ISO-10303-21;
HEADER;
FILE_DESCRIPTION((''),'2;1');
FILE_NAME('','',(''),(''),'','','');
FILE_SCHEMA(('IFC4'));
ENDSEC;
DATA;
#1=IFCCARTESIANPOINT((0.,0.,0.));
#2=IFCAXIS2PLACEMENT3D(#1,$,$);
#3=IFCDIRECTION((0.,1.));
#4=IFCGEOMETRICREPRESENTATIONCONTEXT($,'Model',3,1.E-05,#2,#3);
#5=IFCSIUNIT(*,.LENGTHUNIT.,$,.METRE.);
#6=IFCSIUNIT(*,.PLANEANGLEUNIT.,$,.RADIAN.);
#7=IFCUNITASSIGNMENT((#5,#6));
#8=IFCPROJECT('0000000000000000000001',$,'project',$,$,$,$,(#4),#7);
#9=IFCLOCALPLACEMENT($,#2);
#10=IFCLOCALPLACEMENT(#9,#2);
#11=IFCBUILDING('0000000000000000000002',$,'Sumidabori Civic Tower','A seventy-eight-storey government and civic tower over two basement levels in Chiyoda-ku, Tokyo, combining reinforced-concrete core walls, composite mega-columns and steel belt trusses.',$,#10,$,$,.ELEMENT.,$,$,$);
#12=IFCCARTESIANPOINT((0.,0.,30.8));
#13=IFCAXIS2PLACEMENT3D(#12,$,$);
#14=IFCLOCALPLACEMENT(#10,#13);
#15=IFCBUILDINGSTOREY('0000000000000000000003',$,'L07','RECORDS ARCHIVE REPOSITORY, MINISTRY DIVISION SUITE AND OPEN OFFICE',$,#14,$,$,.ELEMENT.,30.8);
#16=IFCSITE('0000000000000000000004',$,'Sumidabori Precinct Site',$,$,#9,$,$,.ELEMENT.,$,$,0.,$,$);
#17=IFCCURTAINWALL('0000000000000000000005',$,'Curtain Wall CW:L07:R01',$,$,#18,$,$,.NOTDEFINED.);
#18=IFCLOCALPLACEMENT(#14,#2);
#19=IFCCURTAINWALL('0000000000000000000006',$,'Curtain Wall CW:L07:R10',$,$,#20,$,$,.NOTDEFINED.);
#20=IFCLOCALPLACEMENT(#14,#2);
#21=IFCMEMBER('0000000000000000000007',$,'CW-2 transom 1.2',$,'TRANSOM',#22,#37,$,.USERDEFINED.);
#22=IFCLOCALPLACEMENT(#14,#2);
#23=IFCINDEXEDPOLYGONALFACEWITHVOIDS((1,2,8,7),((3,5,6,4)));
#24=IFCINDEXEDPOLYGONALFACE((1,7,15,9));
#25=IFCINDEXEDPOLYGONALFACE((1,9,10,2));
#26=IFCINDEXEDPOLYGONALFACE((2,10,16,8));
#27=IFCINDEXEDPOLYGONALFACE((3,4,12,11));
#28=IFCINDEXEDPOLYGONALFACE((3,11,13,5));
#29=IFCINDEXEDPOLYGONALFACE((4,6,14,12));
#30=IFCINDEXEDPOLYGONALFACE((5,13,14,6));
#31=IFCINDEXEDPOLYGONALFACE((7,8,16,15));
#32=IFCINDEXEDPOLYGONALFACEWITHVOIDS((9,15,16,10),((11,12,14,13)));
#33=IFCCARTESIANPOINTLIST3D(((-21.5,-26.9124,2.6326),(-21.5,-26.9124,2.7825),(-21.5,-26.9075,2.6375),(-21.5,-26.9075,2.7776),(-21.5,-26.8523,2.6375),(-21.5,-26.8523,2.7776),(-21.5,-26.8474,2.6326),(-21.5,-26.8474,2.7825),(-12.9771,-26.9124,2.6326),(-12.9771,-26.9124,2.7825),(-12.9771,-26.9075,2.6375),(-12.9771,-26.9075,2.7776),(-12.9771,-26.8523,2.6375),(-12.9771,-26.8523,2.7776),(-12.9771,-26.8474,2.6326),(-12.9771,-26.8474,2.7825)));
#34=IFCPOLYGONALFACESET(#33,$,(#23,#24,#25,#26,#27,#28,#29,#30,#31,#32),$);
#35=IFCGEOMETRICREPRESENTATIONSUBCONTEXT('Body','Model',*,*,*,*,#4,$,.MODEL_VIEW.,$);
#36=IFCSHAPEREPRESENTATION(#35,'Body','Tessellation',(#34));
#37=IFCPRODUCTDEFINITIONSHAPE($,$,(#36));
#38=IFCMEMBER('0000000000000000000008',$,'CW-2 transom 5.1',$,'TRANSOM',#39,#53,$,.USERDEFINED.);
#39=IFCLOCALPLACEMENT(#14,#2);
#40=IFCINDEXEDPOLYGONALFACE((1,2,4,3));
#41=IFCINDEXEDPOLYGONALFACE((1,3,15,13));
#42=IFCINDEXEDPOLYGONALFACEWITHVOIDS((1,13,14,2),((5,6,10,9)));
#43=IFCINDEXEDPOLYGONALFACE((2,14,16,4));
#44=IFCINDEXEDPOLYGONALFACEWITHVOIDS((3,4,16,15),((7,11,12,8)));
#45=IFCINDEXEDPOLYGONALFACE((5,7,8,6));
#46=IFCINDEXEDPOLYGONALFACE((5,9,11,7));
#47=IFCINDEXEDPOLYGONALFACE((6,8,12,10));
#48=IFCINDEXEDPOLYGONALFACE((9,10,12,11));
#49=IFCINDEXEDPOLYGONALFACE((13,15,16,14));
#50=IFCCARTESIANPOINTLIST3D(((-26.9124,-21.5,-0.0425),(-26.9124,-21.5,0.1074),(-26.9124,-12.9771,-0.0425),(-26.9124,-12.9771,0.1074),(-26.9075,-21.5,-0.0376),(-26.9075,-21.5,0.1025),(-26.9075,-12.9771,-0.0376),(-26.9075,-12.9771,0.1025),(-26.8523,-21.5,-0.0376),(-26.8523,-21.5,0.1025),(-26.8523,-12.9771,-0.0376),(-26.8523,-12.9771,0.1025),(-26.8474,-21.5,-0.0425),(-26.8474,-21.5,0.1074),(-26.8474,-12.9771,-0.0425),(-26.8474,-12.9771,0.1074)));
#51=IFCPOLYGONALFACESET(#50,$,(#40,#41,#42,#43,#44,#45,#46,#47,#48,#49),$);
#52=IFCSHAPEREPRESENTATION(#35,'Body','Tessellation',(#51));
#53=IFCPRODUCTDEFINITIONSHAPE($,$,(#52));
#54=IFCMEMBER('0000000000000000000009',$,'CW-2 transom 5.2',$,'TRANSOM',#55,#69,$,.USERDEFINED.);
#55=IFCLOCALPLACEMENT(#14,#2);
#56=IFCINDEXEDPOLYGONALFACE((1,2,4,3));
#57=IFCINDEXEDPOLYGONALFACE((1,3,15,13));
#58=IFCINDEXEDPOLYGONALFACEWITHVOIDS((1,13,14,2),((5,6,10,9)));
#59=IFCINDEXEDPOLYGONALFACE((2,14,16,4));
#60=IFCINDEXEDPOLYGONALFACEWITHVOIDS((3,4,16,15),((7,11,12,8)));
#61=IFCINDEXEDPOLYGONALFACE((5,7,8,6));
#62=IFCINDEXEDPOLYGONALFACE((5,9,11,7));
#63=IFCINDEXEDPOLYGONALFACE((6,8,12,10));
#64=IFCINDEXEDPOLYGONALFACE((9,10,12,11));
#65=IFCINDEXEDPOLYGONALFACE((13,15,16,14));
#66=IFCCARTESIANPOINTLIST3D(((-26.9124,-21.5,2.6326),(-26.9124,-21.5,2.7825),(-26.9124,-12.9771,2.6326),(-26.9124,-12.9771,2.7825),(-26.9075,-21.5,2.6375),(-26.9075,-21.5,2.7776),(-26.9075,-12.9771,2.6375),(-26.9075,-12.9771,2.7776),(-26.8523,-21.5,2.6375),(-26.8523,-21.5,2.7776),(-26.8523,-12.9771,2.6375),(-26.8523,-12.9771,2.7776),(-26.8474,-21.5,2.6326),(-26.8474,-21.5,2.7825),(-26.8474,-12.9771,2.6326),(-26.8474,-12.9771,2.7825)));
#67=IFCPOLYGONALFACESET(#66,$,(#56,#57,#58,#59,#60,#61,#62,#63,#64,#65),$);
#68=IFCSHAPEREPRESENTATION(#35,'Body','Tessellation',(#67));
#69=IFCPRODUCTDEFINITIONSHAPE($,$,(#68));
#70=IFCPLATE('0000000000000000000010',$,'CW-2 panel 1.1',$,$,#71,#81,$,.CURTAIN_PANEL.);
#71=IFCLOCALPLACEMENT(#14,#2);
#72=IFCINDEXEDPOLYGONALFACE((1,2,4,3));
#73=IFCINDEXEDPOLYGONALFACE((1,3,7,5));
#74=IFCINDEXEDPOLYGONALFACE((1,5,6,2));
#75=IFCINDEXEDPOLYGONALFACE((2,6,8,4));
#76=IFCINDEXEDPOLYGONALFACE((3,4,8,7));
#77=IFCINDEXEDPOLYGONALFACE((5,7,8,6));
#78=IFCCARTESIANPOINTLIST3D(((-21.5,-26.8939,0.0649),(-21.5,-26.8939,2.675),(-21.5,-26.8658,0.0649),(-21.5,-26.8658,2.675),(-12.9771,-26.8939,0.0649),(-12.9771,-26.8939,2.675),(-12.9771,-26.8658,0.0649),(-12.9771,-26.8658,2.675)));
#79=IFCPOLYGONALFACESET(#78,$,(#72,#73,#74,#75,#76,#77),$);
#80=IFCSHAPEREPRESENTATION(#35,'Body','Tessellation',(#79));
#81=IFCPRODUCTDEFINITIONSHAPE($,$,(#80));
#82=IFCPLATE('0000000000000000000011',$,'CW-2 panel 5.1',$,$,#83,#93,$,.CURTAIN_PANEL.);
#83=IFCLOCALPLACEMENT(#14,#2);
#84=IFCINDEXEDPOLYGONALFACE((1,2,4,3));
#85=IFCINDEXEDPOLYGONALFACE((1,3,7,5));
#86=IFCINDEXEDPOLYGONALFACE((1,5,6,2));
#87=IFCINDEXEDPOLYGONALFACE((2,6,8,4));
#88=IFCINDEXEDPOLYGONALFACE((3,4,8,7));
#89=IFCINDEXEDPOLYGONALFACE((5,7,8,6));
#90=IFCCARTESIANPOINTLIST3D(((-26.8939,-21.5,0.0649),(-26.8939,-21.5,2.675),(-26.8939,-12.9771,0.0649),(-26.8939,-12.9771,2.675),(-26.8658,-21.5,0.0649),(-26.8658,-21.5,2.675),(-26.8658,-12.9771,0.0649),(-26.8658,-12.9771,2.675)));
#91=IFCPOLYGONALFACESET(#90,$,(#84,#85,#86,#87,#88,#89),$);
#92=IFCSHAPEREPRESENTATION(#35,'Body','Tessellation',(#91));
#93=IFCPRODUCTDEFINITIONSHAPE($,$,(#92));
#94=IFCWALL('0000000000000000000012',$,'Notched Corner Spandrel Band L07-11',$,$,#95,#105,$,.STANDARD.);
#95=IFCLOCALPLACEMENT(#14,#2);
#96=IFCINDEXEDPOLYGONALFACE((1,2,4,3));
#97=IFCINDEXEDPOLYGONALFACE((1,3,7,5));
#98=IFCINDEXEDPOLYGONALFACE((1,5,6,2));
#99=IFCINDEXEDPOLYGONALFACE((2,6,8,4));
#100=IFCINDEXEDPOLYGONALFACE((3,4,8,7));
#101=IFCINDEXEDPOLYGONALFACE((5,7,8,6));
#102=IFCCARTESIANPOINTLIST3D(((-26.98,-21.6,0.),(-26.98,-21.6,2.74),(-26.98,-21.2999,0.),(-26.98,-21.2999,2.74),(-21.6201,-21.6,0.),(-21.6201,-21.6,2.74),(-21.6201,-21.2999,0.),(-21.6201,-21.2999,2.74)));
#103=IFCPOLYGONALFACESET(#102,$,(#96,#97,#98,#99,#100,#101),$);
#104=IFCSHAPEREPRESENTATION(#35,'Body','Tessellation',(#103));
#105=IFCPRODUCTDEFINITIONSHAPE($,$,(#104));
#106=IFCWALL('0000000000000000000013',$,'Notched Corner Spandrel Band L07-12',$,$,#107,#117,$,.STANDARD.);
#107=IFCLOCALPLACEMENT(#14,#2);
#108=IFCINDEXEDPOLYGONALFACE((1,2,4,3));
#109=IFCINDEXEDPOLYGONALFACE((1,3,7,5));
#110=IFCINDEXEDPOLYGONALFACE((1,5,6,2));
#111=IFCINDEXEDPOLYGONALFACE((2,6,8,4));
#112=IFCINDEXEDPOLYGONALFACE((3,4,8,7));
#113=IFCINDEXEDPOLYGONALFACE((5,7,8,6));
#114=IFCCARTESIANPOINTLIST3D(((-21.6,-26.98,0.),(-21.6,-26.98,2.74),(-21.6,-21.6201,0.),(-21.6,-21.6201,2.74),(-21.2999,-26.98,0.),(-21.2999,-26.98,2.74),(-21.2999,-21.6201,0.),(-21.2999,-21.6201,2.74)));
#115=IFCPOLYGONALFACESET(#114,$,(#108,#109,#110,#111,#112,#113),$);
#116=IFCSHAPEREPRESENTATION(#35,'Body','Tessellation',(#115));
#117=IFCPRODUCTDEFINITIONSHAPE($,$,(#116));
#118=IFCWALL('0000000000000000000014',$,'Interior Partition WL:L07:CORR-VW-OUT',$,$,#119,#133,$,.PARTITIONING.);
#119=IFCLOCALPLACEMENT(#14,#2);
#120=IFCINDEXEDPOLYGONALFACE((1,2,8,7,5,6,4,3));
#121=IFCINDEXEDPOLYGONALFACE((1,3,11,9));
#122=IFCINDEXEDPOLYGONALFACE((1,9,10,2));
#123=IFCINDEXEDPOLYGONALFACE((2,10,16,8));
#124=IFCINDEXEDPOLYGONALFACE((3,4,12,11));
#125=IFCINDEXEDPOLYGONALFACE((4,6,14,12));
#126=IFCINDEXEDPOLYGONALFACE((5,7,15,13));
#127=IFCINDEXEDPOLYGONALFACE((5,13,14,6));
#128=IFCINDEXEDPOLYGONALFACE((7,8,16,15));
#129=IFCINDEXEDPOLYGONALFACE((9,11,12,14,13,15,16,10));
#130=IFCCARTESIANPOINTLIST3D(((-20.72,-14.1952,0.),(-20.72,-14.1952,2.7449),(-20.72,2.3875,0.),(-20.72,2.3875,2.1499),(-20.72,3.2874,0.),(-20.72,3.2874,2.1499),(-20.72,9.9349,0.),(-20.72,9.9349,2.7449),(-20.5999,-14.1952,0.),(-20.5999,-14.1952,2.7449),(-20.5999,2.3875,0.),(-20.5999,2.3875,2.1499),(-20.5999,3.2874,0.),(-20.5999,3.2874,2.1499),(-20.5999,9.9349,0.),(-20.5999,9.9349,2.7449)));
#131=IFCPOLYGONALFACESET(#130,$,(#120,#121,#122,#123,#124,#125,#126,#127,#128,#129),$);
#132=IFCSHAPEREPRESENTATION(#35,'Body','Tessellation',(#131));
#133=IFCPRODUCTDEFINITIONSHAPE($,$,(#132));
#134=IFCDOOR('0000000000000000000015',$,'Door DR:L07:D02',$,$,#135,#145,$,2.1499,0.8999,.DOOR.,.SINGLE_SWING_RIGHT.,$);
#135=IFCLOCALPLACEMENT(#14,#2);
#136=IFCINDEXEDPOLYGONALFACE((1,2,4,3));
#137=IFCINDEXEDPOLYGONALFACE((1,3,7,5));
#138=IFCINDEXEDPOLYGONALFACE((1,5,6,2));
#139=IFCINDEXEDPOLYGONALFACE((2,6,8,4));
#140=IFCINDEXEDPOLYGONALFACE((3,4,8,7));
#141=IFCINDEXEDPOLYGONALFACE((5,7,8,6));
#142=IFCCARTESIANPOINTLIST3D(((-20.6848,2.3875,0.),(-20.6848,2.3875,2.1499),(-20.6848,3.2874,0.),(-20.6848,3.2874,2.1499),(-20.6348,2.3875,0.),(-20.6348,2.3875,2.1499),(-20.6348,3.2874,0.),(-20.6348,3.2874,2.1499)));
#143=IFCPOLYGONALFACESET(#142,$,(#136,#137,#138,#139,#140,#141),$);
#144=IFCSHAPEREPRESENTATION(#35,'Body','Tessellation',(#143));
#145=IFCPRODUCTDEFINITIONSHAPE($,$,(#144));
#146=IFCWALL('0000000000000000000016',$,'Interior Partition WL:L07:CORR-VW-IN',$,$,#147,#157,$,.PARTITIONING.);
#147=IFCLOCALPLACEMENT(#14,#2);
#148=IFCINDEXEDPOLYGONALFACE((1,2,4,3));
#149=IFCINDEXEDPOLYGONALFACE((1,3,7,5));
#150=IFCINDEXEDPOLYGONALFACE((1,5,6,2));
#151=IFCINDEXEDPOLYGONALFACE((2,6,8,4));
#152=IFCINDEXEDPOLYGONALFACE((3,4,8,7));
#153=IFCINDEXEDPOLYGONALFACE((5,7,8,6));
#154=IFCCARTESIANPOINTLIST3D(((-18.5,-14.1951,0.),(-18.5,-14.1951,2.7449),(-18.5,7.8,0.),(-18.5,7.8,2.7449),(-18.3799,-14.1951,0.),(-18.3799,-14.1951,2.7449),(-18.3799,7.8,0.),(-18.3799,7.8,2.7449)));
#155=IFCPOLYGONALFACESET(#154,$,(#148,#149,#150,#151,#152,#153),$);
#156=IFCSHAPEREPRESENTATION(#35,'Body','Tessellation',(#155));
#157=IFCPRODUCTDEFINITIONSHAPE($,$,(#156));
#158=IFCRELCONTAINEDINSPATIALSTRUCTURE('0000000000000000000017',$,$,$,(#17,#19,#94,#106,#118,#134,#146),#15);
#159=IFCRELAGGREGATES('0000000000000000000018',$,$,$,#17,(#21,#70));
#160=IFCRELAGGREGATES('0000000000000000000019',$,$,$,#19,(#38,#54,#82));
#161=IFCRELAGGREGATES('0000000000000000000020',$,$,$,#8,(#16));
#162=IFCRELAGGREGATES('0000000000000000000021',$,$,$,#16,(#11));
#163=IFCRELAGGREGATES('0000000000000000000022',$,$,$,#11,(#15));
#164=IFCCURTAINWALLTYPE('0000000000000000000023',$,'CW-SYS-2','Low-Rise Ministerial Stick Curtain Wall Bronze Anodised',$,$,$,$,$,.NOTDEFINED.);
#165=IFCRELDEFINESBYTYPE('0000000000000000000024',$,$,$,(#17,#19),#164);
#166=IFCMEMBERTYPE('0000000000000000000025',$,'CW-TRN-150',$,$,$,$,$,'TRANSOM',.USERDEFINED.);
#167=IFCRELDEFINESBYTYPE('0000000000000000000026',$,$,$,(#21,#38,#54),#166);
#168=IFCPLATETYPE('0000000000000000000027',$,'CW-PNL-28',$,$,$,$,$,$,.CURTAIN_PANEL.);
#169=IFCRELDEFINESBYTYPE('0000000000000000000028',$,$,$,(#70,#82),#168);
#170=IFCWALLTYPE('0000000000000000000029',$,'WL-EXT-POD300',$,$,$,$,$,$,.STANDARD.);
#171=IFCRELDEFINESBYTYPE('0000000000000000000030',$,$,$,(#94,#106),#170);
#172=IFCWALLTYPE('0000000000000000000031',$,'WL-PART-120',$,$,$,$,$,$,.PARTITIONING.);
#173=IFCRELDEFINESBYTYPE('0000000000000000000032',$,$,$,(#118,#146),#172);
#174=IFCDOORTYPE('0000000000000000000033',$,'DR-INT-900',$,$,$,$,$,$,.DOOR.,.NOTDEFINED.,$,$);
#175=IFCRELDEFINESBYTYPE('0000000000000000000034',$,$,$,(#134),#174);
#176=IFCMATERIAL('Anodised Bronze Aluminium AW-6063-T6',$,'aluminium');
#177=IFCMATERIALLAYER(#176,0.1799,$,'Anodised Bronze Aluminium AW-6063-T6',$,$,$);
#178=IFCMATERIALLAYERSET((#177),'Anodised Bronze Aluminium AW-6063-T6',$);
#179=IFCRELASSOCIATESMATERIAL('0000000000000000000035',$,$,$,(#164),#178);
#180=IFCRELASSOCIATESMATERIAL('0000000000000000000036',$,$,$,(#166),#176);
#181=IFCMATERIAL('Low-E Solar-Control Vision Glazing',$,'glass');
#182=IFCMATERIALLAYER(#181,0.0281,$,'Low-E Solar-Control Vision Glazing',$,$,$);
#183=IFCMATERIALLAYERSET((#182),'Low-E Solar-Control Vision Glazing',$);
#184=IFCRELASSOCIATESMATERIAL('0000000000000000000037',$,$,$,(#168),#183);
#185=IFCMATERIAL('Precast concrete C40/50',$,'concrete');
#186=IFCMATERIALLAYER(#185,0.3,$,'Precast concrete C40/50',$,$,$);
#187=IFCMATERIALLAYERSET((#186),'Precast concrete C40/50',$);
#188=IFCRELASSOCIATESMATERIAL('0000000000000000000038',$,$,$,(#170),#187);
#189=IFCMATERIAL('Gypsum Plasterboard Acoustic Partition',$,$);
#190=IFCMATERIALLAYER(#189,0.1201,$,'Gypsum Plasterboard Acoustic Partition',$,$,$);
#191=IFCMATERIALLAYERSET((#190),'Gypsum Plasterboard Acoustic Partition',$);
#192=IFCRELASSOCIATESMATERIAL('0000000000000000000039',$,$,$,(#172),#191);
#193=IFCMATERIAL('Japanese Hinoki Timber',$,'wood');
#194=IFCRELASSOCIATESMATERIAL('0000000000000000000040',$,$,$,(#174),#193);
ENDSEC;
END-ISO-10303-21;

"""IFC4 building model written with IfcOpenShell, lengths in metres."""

from ifc_helpers import new_model, si_unit, direction, frame, frame_2d, origin, origin_2d, place, context, subcontext, project, spatial, rectangle, hollow_rectangle, extrude, source, transform, mapped, material, layer, layer_set, material_profile, profile_set, type_object, element, fill, aggregate, save


model = new_model("IFC4")

# Units and contexts
model_context = context("Model", 3, precision=1e-05, world=origin(), true_north=direction((0.0, 1.0)))
body_context = subcontext(model_context, "Body", "Model", "MODEL_VIEW")
ifc_project = project(units=[si_unit("LENGTHUNIT", "METRE"), si_unit("PLANEANGLEUNIT", "RADIAN")], contexts=[model_context])

# Site, building, storey
site_placement = place(None, origin())
site = spatial("IfcSite", under=ifc_project, at=site_placement, Name="Sumidabori Precinct Site", CompositionType="ELEMENT", RefElevation=0.0)
building_placement = place(site_placement, origin())
building = spatial("IfcBuilding", under=site, at=building_placement, Name="Sumidabori Civic Tower", Description="A seventy-eight-storey government and civic tower over two basement levels in Chiyoda-ku, Tokyo, combining reinforced-concrete core walls, composite mega-columns and steel belt trusses.", CompositionType="ELEMENT")
storey_placement = place(building_placement, frame((0.0, 0.0, 30.8)))
storey = spatial("IfcBuildingStorey", under=building, at=storey_placement, Name="L07", Description="RECORDS ARCHIVE REPOSITORY, MINISTRY DIVISION SUITE AND OPEN OFFICE", CompositionType="ELEMENT", Elevation=30.8)

# Curtain walls
ifc_material_1 = material(Name="Anodised Bronze Aluminium AW-6063-T6", Category="aluminium")
ifc_layer_1 = layer(ifc_material_1, 0.1799, Name="Anodised Bronze Aluminium AW-6063-T6")
ifc_layer_set_1 = layer_set([ifc_layer_1], Name="Anodised Bronze Aluminium AW-6063-T6")
curtain_wall_type = type_object("IfcCurtainWallType", Name="CW-SYS-2", Description="Low-Rise Ministerial Stick Curtain Wall Bronze Anodised", PredefinedType="NOTDEFINED", material=ifc_layer_set_1)
curtain_wall_1_placement = place(storey_placement, origin())
curtain_wall_1 = element("IfcCurtainWall", 1, at=curtain_wall_1_placement, inside=storey, type_object=curtain_wall_type, Name="Curtain Wall CW:L07:R01", PredefinedType="NOTDEFINED")
curtain_wall_2_placement = place(storey_placement, origin())
curtain_wall_2 = element("IfcCurtainWall", 2, at=curtain_wall_2_placement, inside=storey, type_object=curtain_wall_type, Name="Curtain Wall CW:L07:R10", PredefinedType="NOTDEFINED")

# Members
ifc_material_profile_1 = material_profile(ifc_material_1, hollow_rectangle(XDim=0.0649, YDim=0.1499, WallThickness=0.0049, at=origin_2d()), Name="ALU TRANSOM 150x65")
ifc_profile_set_1 = profile_set([ifc_material_profile_1], Name="Anodised Bronze Aluminium AW-6063-T6")
member_type_1 = type_object("IfcMemberType", Name="CW-TRN-150", ElementType="TRANSOM", PredefinedType="USERDEFINED", material=ifc_profile_set_1)
shared_shape_1 = source(origin(), body_context, "Body", "SweptSolid", [
    extrude(hollow_rectangle(XDim=0.0649, YDim=0.1499, WallThickness=0.0049, at=origin_2d()), origin(), (0.0, 0.0, 1.0), 8.5229),
])
member_1_placement = place(storey_placement, frame((-21.5, -26.8799, 2.7075), z_axis=(1.0, 0.0, 0.0), x_axis=(0.0, 1.0, 0.0)))
member_1 = element("IfcMember", 3, at=member_1_placement, type_object=member_type_1, Name="CW-2 transom 1.2", ObjectType="TRANSOM", PredefinedType="USERDEFINED", context=body_context, shape_type="MappedRepresentation", body=[
    mapped(shared_shape_1, transform((0.0, 0.0, 0.0), x_axis=(1.0, 0.0, 0.0), y_axis=(0.0, 1.0, 0.0), z_axis=(0.0, 0.0, 1.0), scale=1.0)),
])
member_2_placement = place(storey_placement, frame((-26.8799, -12.9771, 0.0325), z_axis=(0.0, -1.0, 0.0), x_axis=(1.0, 0.0, 0.0)))
member_2 = element("IfcMember", 4, at=member_2_placement, type_object=member_type_1, Name="CW-2 transom 5.1", ObjectType="TRANSOM", PredefinedType="USERDEFINED", context=body_context, shape_type="MappedRepresentation", body=[
    mapped(shared_shape_1, transform((0.0, 0.0, 0.0), x_axis=(1.0, 0.0, 0.0), y_axis=(0.0, 1.0, 0.0), z_axis=(0.0, 0.0, 1.0), scale=1.0)),
])
member_3_placement = place(storey_placement, frame((-26.8799, -12.9771, 2.7075), z_axis=(0.0, -1.0, 0.0), x_axis=(1.0, 0.0, 0.0)))
member_3 = element("IfcMember", 5, at=member_3_placement, type_object=member_type_1, Name="CW-2 transom 5.2", ObjectType="TRANSOM", PredefinedType="USERDEFINED", context=body_context, shape_type="MappedRepresentation", body=[
    mapped(shared_shape_1, transform((0.0, 0.0, 0.0), x_axis=(1.0, 0.0, 0.0), y_axis=(0.0, 1.0, 0.0), z_axis=(0.0, 0.0, 1.0), scale=1.0)),
])

# Plates
ifc_material_2 = material(Name="Low-E Solar-Control Vision Glazing", Category="glass")
ifc_layer_2 = layer(ifc_material_2, 0.0281, Name="Low-E Solar-Control Vision Glazing")
ifc_layer_set_2 = layer_set([ifc_layer_2], Name="Low-E Solar-Control Vision Glazing")
plate_type = type_object("IfcPlateType", Name="CW-PNL-28", PredefinedType="CURTAIN_PANEL", material=ifc_layer_set_2)
shared_shape_2 = source(origin(), body_context, "Body", "SweptSolid", [
    extrude(rectangle(XDim=8.5229, YDim=0.0281, at=origin_2d()), origin(), (0.0, 0.0, 1.0), 2.6101),
])
plate_1_placement = place(storey_placement, frame((-17.2385, -26.8799, 0.0649), z_axis=(0.0, 0.0, 1.0), x_axis=(1.0, 0.0, 0.0)))
plate_1 = element("IfcPlate", 6, at=plate_1_placement, type_object=plate_type, Name="CW-2 panel 1.1", PredefinedType="CURTAIN_PANEL", context=body_context, shape_type="MappedRepresentation", body=[
    mapped(shared_shape_2, transform((0.0, 0.0, 0.0), x_axis=(1.0, 0.0, 0.0), y_axis=(0.0, 1.0, 0.0), z_axis=(0.0, 0.0, 1.0), scale=1.0)),
])
aggregate(curtain_wall_1, [member_1, plate_1])
plate_2_placement = place(storey_placement, frame((-26.8799, -17.2385, 0.0649), z_axis=(0.0, 0.0, 1.0), x_axis=(0.0, -1.0, 0.0)))
plate_2 = element("IfcPlate", 7, at=plate_2_placement, type_object=plate_type, Name="CW-2 panel 5.1", PredefinedType="CURTAIN_PANEL", context=body_context, shape_type="MappedRepresentation", body=[
    mapped(shared_shape_2, transform((0.0, 0.0, 0.0), x_axis=(1.0, 0.0, 0.0), y_axis=(0.0, 1.0, 0.0), z_axis=(0.0, 0.0, 1.0), scale=1.0)),
])
aggregate(curtain_wall_2, [member_2, member_3, plate_2])

# Walls
ifc_material_3 = material(Name="Precast concrete C40/50", Category="concrete")
ifc_layer_3 = layer(ifc_material_3, 0.3, Name="Precast concrete C40/50")
ifc_layer_set_3 = layer_set([ifc_layer_3], Name="Precast concrete C40/50")
wall_type_1 = type_object("IfcWallType", Name="WL-EXT-POD300", PredefinedType="STANDARD", material=ifc_layer_set_3)
shared_shape_3 = source(origin(), body_context, "Body", "SweptSolid", [
    extrude(rectangle(XDim=5.3599, YDim=0.3, at=frame_2d((2.6799, 0.0))), origin(), (0.0, 0.0, 1.0), 2.74),
])
for number, where, z_axis, x_axis, name in (
    (8, (-26.98, -21.45, 0.0), (0.0, 0.0, 1.0), (1.0, 0.0, 0.0), "Notched Corner Spandrel Band L07-11"),
    (9, (-21.45, -21.6201, 0.0), (0.0, 0.0, 1.0), (0.0, -1.0, 0.0), "Notched Corner Spandrel Band L07-12"),
):
    element("IfcWall", number, at=place(storey_placement, frame(where, z_axis=z_axis, x_axis=x_axis)), inside=storey, type_object=wall_type_1, Name=name, PredefinedType="STANDARD", context=body_context, shape_type="MappedRepresentation", body=[
        mapped(shared_shape_3, transform((0.0, 0.0, 0.0), x_axis=(1.0, 0.0, 0.0), y_axis=(0.0, 1.0, 0.0), z_axis=(0.0, 0.0, 1.0), scale=1.0)),
    ])

# Wall, opening, door
ifc_material_4 = material(Name="Gypsum Plasterboard Acoustic Partition")
ifc_layer_4 = layer(ifc_material_4, 0.1201, Name="Gypsum Plasterboard Acoustic Partition")
ifc_layer_set_4 = layer_set([ifc_layer_4], Name="Gypsum Plasterboard Acoustic Partition")
wall_type_2 = type_object("IfcWallType", Name="WL-PART-120", PredefinedType="PARTITIONING", material=ifc_layer_set_4)
shared_shape_4 = source(origin(), body_context, "Body", "SweptSolid", [
    extrude(rectangle(XDim=24.1301, YDim=0.1201, at=frame_2d((12.0649, 0.0))), origin(), (0.0, 0.0, 1.0), 2.7449),
])
wall_1_placement = place(storey_placement, frame((-20.6599, -14.1951, 0.0), z_axis=(0.0, 0.0, 1.0), x_axis=(0.0, 1.0, 0.0)))
wall_1 = element("IfcWall", 10, at=wall_1_placement, inside=storey, type_object=wall_type_2, Name="Interior Partition WL:L07:CORR-VW-OUT", PredefinedType="PARTITIONING", context=body_context, shape_type="MappedRepresentation", body=[
    mapped(shared_shape_4, transform((0.0, 0.0, 0.0), x_axis=(1.0, 0.0, 0.0), y_axis=(0.0, 1.0, 0.0), z_axis=(0.0, 0.0, 1.0), scale=1.0)),
])
opening_1_placement = place(wall_1_placement, frame((16.5825, 0.0, 0.0)))
opening_1 = element("IfcOpeningElement", 11, at=opening_1_placement, cuts=wall_1, PredefinedType="OPENING", context=body_context, shape_type="SweptSolid", body=[
    extrude(rectangle(XDim=0.8999, YDim=2.1499, at=frame_2d((0.45, 1.075))), frame((0.0, 0.072, 0.0), z_axis=(0.0, -1.0, 0.0), x_axis=(1.0, 0.0, 0.0)), (0.0, 0.0, 1.0), 0.144),
])
ifc_material_5 = material(Name="Japanese Hinoki Timber", Category="wood")
door_type = type_object("IfcDoorType", Name="DR-INT-900", OperationType="NOTDEFINED", PredefinedType="DOOR", material=ifc_material_5)
shared_shape_5 = source(origin(), body_context, "Body", "SweptSolid", [
    extrude(rectangle(XDim=0.8999, YDim=2.1499, at=frame_2d((0.45, 1.075))), frame((0.0, 0.0249, 0.0), z_axis=(0.0, -1.0, 0.0), x_axis=(1.0, 0.0, 0.0)), (0.0, 0.0, 1.0), 0.05),
])
door_1_placement = place(opening_1_placement, origin())
door_1 = element("IfcDoor", 12, at=door_1_placement, inside=storey, type_object=door_type, Name="Door DR:L07:D02", OperationType="SINGLE_SWING_RIGHT", OverallHeight=2.1499, OverallWidth=0.8999, PredefinedType="DOOR", context=body_context, shape_type="MappedRepresentation", body=[
    mapped(shared_shape_5, transform((0.0, 0.0, 0.0), x_axis=(1.0, 0.0, 0.0), y_axis=(0.0, 1.0, 0.0), z_axis=(0.0, 0.0, 1.0), scale=1.0)),
])
fill(opening_1, door_1)

# Wall
shared_shape_6 = source(origin(), body_context, "Body", "SweptSolid", [
    extrude(rectangle(XDim=21.9951, YDim=0.1201, at=frame_2d((10.9976, 0.0))), origin(), (0.0, 0.0, 1.0), 2.7449),
])
wall_2_placement = place(storey_placement, frame((-18.4399, -14.1951, 0.0), z_axis=(0.0, 0.0, 1.0), x_axis=(0.0, 1.0, 0.0)))
element("IfcWall", 13, at=wall_2_placement, inside=storey, type_object=wall_type_2, Name="Interior Partition WL:L07:CORR-VW-IN", PredefinedType="PARTITIONING", context=body_context, shape_type="MappedRepresentation", body=[
    mapped(shared_shape_6, transform((0.0, 0.0, 0.0), x_axis=(1.0, 0.0, 0.0), y_axis=(0.0, 1.0, 0.0), z_axis=(0.0, 0.0, 1.0), scale=1.0)),
])

save(model, "model.ifc")
